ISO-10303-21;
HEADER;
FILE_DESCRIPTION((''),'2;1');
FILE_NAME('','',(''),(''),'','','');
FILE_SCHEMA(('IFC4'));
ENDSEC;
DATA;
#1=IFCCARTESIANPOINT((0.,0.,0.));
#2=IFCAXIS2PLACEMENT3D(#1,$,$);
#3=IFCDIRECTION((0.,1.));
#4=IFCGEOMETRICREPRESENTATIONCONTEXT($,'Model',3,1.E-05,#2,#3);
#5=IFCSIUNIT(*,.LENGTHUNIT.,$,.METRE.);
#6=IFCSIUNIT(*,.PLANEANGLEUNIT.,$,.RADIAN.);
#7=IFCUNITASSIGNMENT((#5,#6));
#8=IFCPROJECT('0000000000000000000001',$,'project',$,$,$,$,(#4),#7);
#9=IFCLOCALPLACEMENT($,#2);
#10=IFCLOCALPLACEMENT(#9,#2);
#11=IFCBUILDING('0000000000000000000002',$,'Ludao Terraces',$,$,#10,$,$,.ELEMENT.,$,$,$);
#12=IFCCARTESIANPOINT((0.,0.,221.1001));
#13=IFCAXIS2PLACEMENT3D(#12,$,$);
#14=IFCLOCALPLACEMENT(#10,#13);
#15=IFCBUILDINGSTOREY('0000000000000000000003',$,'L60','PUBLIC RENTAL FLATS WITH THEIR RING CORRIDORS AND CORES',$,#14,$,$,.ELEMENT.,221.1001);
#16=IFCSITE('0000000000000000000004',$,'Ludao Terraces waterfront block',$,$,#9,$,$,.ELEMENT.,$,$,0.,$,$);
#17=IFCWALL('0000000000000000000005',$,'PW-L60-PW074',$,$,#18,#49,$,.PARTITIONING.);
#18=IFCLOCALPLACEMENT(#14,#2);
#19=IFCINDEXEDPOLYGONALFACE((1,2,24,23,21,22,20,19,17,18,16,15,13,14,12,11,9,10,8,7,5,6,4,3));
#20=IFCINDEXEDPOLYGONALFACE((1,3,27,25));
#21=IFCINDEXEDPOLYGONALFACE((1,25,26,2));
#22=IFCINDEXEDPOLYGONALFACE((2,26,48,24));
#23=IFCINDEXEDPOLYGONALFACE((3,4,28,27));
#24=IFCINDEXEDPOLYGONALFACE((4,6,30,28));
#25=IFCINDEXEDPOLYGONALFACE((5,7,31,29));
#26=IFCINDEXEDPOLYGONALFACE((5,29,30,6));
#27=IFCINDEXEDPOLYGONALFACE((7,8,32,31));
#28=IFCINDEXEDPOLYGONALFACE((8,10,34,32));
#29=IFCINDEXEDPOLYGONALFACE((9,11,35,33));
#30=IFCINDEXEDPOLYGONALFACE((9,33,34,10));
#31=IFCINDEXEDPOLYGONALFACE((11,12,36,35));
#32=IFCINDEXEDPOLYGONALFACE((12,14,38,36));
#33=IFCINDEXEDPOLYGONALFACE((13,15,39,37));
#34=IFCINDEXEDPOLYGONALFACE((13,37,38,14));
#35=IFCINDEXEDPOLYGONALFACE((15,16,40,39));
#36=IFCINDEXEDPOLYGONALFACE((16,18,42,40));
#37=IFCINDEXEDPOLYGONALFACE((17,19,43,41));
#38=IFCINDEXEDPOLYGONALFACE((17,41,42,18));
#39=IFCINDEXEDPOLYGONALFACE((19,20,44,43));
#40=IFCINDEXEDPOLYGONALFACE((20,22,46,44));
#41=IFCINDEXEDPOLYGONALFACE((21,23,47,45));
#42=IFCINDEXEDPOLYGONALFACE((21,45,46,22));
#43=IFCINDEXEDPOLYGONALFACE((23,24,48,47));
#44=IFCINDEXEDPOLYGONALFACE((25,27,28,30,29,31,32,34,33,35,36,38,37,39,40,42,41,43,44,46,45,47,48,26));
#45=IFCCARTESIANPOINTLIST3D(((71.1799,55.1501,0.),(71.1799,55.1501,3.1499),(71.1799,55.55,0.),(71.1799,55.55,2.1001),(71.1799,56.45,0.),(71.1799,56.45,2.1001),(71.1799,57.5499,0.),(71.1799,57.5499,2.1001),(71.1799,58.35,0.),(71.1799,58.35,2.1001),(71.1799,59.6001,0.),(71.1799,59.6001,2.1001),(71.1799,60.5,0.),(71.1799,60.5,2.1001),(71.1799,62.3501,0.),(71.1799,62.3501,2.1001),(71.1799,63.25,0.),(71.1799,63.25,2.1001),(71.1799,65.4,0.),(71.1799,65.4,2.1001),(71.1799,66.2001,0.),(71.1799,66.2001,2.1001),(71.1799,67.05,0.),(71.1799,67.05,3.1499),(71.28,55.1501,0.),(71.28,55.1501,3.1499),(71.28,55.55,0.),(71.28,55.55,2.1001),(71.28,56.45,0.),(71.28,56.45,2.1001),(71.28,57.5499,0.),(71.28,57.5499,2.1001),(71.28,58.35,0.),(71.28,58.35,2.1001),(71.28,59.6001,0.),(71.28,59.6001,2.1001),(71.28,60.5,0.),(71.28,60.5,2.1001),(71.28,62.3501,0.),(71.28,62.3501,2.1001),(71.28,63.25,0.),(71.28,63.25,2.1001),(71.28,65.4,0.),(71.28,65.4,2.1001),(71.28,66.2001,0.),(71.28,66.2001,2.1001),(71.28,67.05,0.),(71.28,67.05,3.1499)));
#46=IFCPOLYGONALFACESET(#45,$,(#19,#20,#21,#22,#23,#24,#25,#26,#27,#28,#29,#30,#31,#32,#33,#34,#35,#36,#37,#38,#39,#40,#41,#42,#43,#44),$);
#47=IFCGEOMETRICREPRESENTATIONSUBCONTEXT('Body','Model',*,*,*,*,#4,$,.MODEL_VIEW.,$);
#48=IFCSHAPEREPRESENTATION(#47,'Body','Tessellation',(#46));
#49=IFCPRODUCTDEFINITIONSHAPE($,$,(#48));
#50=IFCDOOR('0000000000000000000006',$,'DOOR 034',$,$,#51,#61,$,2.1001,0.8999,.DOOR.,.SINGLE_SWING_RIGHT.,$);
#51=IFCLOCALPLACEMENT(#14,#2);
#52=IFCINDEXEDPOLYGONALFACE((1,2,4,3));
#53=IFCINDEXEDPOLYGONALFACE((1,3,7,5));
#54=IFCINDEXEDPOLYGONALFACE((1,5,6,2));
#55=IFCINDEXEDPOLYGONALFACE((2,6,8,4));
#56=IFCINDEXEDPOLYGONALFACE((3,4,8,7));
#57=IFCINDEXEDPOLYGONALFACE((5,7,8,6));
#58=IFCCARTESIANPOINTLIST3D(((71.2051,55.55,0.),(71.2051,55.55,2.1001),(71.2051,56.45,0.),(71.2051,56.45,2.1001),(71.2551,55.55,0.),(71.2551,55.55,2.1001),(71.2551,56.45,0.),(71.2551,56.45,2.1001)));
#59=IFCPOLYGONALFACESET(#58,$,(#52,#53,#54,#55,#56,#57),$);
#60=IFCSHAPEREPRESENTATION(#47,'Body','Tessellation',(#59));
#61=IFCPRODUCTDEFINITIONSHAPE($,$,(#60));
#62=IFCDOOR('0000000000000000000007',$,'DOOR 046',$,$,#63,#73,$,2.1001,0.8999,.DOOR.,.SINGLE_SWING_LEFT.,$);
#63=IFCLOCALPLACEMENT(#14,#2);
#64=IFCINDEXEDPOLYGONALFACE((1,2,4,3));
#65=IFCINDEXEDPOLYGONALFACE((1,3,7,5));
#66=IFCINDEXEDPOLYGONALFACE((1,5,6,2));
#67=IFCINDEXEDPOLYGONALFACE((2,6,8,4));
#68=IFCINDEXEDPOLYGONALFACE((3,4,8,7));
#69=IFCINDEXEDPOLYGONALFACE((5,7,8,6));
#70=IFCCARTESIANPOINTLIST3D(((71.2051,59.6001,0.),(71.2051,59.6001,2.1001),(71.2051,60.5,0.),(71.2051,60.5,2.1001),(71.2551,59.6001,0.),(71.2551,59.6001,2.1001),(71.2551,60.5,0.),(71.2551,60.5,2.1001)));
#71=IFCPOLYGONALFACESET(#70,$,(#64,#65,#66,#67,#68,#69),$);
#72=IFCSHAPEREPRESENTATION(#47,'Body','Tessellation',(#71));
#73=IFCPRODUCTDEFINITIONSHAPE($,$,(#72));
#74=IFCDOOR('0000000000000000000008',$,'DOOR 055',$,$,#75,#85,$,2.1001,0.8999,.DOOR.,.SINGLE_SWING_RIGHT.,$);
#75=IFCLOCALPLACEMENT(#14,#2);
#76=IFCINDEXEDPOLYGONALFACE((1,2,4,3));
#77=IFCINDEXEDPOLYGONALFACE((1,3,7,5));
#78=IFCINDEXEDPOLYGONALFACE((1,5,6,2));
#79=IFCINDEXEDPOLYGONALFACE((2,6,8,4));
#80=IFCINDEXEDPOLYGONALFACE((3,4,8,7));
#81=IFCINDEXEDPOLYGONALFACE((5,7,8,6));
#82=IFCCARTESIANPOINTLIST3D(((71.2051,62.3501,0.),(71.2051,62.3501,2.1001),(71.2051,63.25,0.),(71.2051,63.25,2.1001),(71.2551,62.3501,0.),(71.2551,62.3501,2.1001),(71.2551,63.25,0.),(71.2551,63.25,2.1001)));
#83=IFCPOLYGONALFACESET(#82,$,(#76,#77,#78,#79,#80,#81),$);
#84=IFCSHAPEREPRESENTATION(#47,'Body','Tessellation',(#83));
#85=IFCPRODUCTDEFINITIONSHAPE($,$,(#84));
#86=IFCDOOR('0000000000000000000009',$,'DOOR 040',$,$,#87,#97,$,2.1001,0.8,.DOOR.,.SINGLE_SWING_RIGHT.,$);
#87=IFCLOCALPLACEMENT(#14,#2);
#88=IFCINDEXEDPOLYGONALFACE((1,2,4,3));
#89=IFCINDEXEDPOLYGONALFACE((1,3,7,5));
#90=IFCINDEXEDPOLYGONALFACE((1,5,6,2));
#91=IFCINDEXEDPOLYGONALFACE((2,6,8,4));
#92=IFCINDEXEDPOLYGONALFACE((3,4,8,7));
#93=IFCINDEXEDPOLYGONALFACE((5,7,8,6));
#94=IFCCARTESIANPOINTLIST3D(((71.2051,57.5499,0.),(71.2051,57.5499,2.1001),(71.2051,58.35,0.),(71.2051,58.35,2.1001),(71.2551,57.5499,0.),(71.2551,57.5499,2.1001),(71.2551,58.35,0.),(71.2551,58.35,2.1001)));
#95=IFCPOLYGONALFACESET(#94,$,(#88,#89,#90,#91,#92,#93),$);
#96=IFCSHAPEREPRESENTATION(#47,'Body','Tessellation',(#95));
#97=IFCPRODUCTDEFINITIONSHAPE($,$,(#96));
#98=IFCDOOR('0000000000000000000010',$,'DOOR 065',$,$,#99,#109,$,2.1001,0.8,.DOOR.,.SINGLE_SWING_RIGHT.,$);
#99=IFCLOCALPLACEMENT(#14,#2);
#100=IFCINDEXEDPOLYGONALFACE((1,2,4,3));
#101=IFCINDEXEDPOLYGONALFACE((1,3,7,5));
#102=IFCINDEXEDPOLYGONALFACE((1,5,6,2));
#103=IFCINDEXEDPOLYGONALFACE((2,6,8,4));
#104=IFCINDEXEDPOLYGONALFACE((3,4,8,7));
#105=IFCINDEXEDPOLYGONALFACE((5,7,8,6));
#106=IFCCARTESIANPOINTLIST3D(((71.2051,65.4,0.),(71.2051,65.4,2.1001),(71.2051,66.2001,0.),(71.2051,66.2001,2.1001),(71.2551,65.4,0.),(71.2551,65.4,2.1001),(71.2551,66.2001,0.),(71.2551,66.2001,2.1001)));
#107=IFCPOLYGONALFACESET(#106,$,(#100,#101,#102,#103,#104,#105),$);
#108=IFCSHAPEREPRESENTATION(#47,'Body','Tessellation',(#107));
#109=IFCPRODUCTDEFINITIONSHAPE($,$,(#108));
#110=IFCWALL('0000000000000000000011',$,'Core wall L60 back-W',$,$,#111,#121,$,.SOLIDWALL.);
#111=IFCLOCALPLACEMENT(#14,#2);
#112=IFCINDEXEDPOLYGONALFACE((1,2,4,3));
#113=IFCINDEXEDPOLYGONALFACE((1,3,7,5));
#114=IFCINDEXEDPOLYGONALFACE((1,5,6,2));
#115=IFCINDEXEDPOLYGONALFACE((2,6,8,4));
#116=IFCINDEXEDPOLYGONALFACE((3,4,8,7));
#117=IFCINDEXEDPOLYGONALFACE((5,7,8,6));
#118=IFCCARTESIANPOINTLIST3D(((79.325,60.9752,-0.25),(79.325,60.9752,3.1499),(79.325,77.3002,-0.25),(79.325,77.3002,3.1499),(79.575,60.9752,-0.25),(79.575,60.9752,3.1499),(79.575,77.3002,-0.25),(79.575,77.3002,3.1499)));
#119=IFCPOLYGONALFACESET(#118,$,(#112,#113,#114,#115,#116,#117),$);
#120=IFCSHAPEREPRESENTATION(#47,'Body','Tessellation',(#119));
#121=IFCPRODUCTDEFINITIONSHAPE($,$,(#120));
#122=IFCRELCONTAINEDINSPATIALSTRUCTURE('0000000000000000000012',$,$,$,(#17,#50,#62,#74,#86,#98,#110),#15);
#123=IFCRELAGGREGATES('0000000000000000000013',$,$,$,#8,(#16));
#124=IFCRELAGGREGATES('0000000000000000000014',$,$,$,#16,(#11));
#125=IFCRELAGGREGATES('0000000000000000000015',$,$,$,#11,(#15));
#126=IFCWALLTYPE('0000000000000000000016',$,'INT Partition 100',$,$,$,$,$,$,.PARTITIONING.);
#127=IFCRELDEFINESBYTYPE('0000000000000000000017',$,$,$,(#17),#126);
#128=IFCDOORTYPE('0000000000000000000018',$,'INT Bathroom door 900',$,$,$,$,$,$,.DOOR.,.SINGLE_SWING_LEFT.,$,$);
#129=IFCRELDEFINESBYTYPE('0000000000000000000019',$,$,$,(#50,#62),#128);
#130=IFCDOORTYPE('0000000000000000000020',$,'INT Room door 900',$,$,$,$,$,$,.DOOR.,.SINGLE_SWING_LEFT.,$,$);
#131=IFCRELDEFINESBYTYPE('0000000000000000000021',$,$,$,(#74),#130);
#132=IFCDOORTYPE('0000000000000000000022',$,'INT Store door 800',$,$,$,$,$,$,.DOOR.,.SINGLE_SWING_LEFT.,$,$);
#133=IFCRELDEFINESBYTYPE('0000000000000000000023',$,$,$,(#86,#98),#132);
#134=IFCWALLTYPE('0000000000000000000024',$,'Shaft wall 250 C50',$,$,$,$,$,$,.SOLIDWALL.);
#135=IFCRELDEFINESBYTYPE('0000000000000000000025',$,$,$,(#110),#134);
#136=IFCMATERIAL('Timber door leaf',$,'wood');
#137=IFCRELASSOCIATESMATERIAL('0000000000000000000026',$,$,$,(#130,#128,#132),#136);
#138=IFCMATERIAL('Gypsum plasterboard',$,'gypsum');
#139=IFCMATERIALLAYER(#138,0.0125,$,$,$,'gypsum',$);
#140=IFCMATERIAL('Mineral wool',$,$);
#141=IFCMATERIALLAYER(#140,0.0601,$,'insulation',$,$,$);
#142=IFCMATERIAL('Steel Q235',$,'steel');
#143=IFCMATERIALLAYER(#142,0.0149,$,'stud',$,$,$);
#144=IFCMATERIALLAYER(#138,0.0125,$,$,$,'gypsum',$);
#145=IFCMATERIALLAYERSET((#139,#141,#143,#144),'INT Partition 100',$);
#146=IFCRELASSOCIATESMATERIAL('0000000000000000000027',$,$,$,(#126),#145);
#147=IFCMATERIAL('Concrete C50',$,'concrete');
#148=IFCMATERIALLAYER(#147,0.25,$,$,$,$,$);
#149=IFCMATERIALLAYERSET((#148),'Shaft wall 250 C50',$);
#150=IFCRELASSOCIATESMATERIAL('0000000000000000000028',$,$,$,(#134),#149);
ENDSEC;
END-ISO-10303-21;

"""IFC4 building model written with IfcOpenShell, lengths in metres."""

from ifc_helpers import new_model, si_unit, direction, frame, frame_2d, origin, place, context, subcontext, project, spatial, rectangle, extrude, material, layer, layer_set, type_object, element, fill, save


model = new_model("IFC4")

# Units and contexts
model_context = context("Model", 3, precision=1e-05, world=origin(), true_north=direction((0.0, 1.0)))
body_context = subcontext(model_context, "Body", "Model", "MODEL_VIEW")
ifc_project = project(units=[si_unit("LENGTHUNIT", "METRE"), si_unit("PLANEANGLEUNIT", "RADIAN")], contexts=[model_context])

# Site, building, storey
site_placement = place(None, origin())
site = spatial("IfcSite", under=ifc_project, at=site_placement, Name="Ludao Terraces waterfront block", CompositionType="ELEMENT", RefElevation=0.0)
building_placement = place(site_placement, origin())
building = spatial("IfcBuilding", under=site, at=building_placement, Name="Ludao Terraces", CompositionType="ELEMENT")
storey_placement = place(building_placement, frame((0.0, 0.0, 221.1001)))
storey = spatial("IfcBuildingStorey", under=building, at=storey_placement, Name="L60", Description="PUBLIC RENTAL FLATS WITH THEIR RING CORRIDORS AND CORES", CompositionType="ELEMENT", Elevation=221.1001)

# Shared definitions
ifc_material_1 = material(Name="Concrete C50", Category="concrete")
ifc_material_2 = material(Name="Steel Q235", Category="steel")
ifc_material_3 = material(Name="Mineral wool")
ifc_material_4 = material(Name="Timber door leaf", Category="wood")
door_type_1 = type_object("IfcDoorType", Name="INT Room door 900", OperationType="SINGLE_SWING_LEFT", PredefinedType="DOOR", material=ifc_material_4)

# Shared definitions
ifc_material_5 = material(Name="Gypsum plasterboard", Category="gypsum")
ifc_layer_1 = layer(ifc_material_5, 0.0125, Category="gypsum")
ifc_layer_2 = layer(ifc_material_3, 0.0601, Name="insulation")
ifc_layer_3 = layer(ifc_material_2, 0.0149, Name="stud")
ifc_layer_4 = layer(ifc_material_5, 0.0125, Category="gypsum")
ifc_layer_set_1 = layer_set([ifc_layer_1, ifc_layer_2, ifc_layer_3, ifc_layer_4], Name="INT Partition 100")
wall_type_1 = type_object("IfcWallType", Name="INT Partition 100", PredefinedType="PARTITIONING", material=ifc_layer_set_1)

# Wall, openings, doors
wall_1_placement = place(storey_placement, frame((71.23, 55.1501, 0.0), z_axis=(0.0, 0.0, 1.0), x_axis=(0.0, 1.0, 0.0)))
wall_1 = element("IfcWall", 1, at=wall_1_placement, inside=storey, type_object=wall_type_1, Name="PW-L60-PW074", PredefinedType="PARTITIONING", context=body_context, shape_type="SweptSolid", body=[
    extrude(rectangle(XDim=11.8999, YDim=0.1001, at=frame_2d((5.95, 0.0))), origin(), (0.0, 0.0, 1.0), 3.1499),
])
opening_1_placement = place(wall_1_placement, frame((0.3999, 0.0, 0.0)))
opening_1 = element("IfcOpeningElement", 2, at=opening_1_placement, cuts=wall_1, PredefinedType="OPENING", context=body_context, shape_type="SweptSolid", body=[
    extrude(rectangle(XDim=0.8999, YDim=2.1001, at=frame_2d((0.45, 1.05))), frame((0.0, 0.0601, 0.0), z_axis=(0.0, -1.0, 0.0), x_axis=(1.0, 0.0, 0.0)), (0.0, 0.0, 1.0), 0.1201),
])
opening_2_placement = place(wall_1_placement, frame((2.3999, 0.0, 0.0)))
opening_2 = element("IfcOpeningElement", 3, at=opening_2_placement, cuts=wall_1, PredefinedType="OPENING", context=body_context, shape_type="SweptSolid", body=[
    extrude(rectangle(XDim=0.8, YDim=2.1001, at=frame_2d((0.3999, 1.05))), frame((0.0, 0.0601, 0.0), z_axis=(0.0, -1.0, 0.0), x_axis=(1.0, 0.0, 0.0)), (0.0, 0.0, 1.0), 0.1201),
])
opening_3_placement = place(wall_1_placement, frame((4.45, 0.0, 0.0)))
opening_3 = element("IfcOpeningElement", 4, at=opening_3_placement, cuts=wall_1, PredefinedType="OPENING", context=body_context, shape_type="SweptSolid", body=[
    extrude(rectangle(XDim=0.8999, YDim=2.1001, at=frame_2d((0.45, 1.05))), frame((0.0, 0.0601, 0.0), z_axis=(0.0, -1.0, 0.0), x_axis=(1.0, 0.0, 0.0)), (0.0, 0.0, 1.0), 0.1201),
])
opening_4_placement = place(wall_1_placement, frame((7.2, 0.0, 0.0)))
opening_4 = element("IfcOpeningElement", 5, at=opening_4_placement, cuts=wall_1, PredefinedType="OPENING", context=body_context, shape_type="SweptSolid", body=[
    extrude(rectangle(XDim=0.8999, YDim=2.1001, at=frame_2d((0.45, 1.05))), frame((0.0, 0.0601, 0.0), z_axis=(0.0, -1.0, 0.0), x_axis=(1.0, 0.0, 0.0)), (0.0, 0.0, 1.0), 0.1201),
])
opening_5_placement = place(wall_1_placement, frame((10.25, 0.0, 0.0)))
opening_5 = element("IfcOpeningElement", 6, at=opening_5_placement, cuts=wall_1, PredefinedType="OPENING", context=body_context, shape_type="SweptSolid", body=[
    extrude(rectangle(XDim=0.8, YDim=2.1001, at=frame_2d((0.3999, 1.05))), frame((0.0, 0.0601, 0.0), z_axis=(0.0, -1.0, 0.0), x_axis=(1.0, 0.0, 0.0)), (0.0, 0.0, 1.0), 0.1201),
])
door_type_2 = type_object("IfcDoorType", Name="INT Bathroom door 900", OperationType="SINGLE_SWING_LEFT", PredefinedType="DOOR", material=ifc_material_4)
door_1_placement = place(opening_1_placement, origin())
door_1 = element("IfcDoor", 7, at=door_1_placement, inside=storey, type_object=door_type_2, Name="DOOR 034", OperationType="SINGLE_SWING_RIGHT", OverallHeight=2.1001, OverallWidth=0.8999, PredefinedType="DOOR", context=body_context, shape_type="SweptSolid", body=[
    extrude(rectangle(XDim=0.8999, YDim=2.1001, at=frame_2d((0.45, 1.05))), frame((0.0, 0.0249, 0.0), z_axis=(0.0, -1.0, 0.0), x_axis=(1.0, 0.0, 0.0)), (0.0, 0.0, 1.0), 0.05),
])
fill(opening_1, door_1)
door_2_placement = place(opening_3_placement, origin())
door_2 = element("IfcDoor", 8, at=door_2_placement, inside=storey, type_object=door_type_2, Name="DOOR 046", OperationType="SINGLE_SWING_LEFT", OverallHeight=2.1001, OverallWidth=0.8999, PredefinedType="DOOR", context=body_context, shape_type="SweptSolid", body=[
    extrude(rectangle(XDim=0.8999, YDim=2.1001, at=frame_2d((0.45, 1.05))), frame((0.0, 0.0249, 0.0), z_axis=(0.0, -1.0, 0.0), x_axis=(1.0, 0.0, 0.0)), (0.0, 0.0, 1.0), 0.05),
])
fill(opening_3, door_2)
door_3_placement = place(opening_4_placement, origin())
door_3 = element("IfcDoor", 9, at=door_3_placement, inside=storey, type_object=door_type_1, Name="DOOR 055", OperationType="SINGLE_SWING_RIGHT", OverallHeight=2.1001, OverallWidth=0.8999, PredefinedType="DOOR", context=body_context, shape_type="SweptSolid", body=[
    extrude(rectangle(XDim=0.8999, YDim=2.1001, at=frame_2d((0.45, 1.05))), frame((0.0, 0.0249, 0.0), z_axis=(0.0, -1.0, 0.0), x_axis=(1.0, 0.0, 0.0)), (0.0, 0.0, 1.0), 0.05),
])
fill(opening_4, door_3)
door_type_3 = type_object("IfcDoorType", Name="INT Store door 800", OperationType="SINGLE_SWING_LEFT", PredefinedType="DOOR", material=ifc_material_4)
door_4_placement = place(opening_2_placement, origin())
door_4 = element("IfcDoor", 10, at=door_4_placement, inside=storey, type_object=door_type_3, Name="DOOR 040", OperationType="SINGLE_SWING_RIGHT", OverallHeight=2.1001, OverallWidth=0.8, PredefinedType="DOOR", context=body_context, shape_type="SweptSolid", body=[
    extrude(rectangle(XDim=0.8, YDim=2.1001, at=frame_2d((0.3999, 1.05))), frame((0.0, 0.0249, 0.0), z_axis=(0.0, -1.0, 0.0), x_axis=(1.0, 0.0, 0.0)), (0.0, 0.0, 1.0), 0.05),
])
fill(opening_2, door_4)
door_5_placement = place(opening_5_placement, origin())
door_5 = element("IfcDoor", 11, at=door_5_placement, inside=storey, type_object=door_type_3, Name="DOOR 065", OperationType="SINGLE_SWING_RIGHT", OverallHeight=2.1001, OverallWidth=0.8, PredefinedType="DOOR", context=body_context, shape_type="SweptSolid", body=[
    extrude(rectangle(XDim=0.8, YDim=2.1001, at=frame_2d((0.3999, 1.05))), frame((0.0, 0.0249, 0.0), z_axis=(0.0, -1.0, 0.0), x_axis=(1.0, 0.0, 0.0)), (0.0, 0.0, 1.0), 0.05),
])
fill(opening_5, door_5)

# Wall
ifc_layer_5 = layer(ifc_material_1, 0.25)
ifc_layer_set_2 = layer_set([ifc_layer_5], Name="Shaft wall 250 C50")
wall_type_2 = type_object("IfcWallType", Name="Shaft wall 250 C50", PredefinedType="SOLIDWALL", material=ifc_layer_set_2)
wall_2_placement = place(storey_placement, frame((79.45, 60.9751, -0.25), z_axis=(0.0, 0.0, 1.0), x_axis=(0.0, 1.0, 0.0)))
element("IfcWall", 12, at=wall_2_placement, inside=storey, type_object=wall_type_2, Name="Core wall L60 back-W", PredefinedType="SOLIDWALL", context=body_context, shape_type="SweptSolid", body=[
    extrude(rectangle(XDim=16.325, YDim=0.25, at=frame_2d((8.1626, 0.0))), origin(), (0.0, 0.0, 1.0), 3.3999),
])

save(model, "model.ifc")
